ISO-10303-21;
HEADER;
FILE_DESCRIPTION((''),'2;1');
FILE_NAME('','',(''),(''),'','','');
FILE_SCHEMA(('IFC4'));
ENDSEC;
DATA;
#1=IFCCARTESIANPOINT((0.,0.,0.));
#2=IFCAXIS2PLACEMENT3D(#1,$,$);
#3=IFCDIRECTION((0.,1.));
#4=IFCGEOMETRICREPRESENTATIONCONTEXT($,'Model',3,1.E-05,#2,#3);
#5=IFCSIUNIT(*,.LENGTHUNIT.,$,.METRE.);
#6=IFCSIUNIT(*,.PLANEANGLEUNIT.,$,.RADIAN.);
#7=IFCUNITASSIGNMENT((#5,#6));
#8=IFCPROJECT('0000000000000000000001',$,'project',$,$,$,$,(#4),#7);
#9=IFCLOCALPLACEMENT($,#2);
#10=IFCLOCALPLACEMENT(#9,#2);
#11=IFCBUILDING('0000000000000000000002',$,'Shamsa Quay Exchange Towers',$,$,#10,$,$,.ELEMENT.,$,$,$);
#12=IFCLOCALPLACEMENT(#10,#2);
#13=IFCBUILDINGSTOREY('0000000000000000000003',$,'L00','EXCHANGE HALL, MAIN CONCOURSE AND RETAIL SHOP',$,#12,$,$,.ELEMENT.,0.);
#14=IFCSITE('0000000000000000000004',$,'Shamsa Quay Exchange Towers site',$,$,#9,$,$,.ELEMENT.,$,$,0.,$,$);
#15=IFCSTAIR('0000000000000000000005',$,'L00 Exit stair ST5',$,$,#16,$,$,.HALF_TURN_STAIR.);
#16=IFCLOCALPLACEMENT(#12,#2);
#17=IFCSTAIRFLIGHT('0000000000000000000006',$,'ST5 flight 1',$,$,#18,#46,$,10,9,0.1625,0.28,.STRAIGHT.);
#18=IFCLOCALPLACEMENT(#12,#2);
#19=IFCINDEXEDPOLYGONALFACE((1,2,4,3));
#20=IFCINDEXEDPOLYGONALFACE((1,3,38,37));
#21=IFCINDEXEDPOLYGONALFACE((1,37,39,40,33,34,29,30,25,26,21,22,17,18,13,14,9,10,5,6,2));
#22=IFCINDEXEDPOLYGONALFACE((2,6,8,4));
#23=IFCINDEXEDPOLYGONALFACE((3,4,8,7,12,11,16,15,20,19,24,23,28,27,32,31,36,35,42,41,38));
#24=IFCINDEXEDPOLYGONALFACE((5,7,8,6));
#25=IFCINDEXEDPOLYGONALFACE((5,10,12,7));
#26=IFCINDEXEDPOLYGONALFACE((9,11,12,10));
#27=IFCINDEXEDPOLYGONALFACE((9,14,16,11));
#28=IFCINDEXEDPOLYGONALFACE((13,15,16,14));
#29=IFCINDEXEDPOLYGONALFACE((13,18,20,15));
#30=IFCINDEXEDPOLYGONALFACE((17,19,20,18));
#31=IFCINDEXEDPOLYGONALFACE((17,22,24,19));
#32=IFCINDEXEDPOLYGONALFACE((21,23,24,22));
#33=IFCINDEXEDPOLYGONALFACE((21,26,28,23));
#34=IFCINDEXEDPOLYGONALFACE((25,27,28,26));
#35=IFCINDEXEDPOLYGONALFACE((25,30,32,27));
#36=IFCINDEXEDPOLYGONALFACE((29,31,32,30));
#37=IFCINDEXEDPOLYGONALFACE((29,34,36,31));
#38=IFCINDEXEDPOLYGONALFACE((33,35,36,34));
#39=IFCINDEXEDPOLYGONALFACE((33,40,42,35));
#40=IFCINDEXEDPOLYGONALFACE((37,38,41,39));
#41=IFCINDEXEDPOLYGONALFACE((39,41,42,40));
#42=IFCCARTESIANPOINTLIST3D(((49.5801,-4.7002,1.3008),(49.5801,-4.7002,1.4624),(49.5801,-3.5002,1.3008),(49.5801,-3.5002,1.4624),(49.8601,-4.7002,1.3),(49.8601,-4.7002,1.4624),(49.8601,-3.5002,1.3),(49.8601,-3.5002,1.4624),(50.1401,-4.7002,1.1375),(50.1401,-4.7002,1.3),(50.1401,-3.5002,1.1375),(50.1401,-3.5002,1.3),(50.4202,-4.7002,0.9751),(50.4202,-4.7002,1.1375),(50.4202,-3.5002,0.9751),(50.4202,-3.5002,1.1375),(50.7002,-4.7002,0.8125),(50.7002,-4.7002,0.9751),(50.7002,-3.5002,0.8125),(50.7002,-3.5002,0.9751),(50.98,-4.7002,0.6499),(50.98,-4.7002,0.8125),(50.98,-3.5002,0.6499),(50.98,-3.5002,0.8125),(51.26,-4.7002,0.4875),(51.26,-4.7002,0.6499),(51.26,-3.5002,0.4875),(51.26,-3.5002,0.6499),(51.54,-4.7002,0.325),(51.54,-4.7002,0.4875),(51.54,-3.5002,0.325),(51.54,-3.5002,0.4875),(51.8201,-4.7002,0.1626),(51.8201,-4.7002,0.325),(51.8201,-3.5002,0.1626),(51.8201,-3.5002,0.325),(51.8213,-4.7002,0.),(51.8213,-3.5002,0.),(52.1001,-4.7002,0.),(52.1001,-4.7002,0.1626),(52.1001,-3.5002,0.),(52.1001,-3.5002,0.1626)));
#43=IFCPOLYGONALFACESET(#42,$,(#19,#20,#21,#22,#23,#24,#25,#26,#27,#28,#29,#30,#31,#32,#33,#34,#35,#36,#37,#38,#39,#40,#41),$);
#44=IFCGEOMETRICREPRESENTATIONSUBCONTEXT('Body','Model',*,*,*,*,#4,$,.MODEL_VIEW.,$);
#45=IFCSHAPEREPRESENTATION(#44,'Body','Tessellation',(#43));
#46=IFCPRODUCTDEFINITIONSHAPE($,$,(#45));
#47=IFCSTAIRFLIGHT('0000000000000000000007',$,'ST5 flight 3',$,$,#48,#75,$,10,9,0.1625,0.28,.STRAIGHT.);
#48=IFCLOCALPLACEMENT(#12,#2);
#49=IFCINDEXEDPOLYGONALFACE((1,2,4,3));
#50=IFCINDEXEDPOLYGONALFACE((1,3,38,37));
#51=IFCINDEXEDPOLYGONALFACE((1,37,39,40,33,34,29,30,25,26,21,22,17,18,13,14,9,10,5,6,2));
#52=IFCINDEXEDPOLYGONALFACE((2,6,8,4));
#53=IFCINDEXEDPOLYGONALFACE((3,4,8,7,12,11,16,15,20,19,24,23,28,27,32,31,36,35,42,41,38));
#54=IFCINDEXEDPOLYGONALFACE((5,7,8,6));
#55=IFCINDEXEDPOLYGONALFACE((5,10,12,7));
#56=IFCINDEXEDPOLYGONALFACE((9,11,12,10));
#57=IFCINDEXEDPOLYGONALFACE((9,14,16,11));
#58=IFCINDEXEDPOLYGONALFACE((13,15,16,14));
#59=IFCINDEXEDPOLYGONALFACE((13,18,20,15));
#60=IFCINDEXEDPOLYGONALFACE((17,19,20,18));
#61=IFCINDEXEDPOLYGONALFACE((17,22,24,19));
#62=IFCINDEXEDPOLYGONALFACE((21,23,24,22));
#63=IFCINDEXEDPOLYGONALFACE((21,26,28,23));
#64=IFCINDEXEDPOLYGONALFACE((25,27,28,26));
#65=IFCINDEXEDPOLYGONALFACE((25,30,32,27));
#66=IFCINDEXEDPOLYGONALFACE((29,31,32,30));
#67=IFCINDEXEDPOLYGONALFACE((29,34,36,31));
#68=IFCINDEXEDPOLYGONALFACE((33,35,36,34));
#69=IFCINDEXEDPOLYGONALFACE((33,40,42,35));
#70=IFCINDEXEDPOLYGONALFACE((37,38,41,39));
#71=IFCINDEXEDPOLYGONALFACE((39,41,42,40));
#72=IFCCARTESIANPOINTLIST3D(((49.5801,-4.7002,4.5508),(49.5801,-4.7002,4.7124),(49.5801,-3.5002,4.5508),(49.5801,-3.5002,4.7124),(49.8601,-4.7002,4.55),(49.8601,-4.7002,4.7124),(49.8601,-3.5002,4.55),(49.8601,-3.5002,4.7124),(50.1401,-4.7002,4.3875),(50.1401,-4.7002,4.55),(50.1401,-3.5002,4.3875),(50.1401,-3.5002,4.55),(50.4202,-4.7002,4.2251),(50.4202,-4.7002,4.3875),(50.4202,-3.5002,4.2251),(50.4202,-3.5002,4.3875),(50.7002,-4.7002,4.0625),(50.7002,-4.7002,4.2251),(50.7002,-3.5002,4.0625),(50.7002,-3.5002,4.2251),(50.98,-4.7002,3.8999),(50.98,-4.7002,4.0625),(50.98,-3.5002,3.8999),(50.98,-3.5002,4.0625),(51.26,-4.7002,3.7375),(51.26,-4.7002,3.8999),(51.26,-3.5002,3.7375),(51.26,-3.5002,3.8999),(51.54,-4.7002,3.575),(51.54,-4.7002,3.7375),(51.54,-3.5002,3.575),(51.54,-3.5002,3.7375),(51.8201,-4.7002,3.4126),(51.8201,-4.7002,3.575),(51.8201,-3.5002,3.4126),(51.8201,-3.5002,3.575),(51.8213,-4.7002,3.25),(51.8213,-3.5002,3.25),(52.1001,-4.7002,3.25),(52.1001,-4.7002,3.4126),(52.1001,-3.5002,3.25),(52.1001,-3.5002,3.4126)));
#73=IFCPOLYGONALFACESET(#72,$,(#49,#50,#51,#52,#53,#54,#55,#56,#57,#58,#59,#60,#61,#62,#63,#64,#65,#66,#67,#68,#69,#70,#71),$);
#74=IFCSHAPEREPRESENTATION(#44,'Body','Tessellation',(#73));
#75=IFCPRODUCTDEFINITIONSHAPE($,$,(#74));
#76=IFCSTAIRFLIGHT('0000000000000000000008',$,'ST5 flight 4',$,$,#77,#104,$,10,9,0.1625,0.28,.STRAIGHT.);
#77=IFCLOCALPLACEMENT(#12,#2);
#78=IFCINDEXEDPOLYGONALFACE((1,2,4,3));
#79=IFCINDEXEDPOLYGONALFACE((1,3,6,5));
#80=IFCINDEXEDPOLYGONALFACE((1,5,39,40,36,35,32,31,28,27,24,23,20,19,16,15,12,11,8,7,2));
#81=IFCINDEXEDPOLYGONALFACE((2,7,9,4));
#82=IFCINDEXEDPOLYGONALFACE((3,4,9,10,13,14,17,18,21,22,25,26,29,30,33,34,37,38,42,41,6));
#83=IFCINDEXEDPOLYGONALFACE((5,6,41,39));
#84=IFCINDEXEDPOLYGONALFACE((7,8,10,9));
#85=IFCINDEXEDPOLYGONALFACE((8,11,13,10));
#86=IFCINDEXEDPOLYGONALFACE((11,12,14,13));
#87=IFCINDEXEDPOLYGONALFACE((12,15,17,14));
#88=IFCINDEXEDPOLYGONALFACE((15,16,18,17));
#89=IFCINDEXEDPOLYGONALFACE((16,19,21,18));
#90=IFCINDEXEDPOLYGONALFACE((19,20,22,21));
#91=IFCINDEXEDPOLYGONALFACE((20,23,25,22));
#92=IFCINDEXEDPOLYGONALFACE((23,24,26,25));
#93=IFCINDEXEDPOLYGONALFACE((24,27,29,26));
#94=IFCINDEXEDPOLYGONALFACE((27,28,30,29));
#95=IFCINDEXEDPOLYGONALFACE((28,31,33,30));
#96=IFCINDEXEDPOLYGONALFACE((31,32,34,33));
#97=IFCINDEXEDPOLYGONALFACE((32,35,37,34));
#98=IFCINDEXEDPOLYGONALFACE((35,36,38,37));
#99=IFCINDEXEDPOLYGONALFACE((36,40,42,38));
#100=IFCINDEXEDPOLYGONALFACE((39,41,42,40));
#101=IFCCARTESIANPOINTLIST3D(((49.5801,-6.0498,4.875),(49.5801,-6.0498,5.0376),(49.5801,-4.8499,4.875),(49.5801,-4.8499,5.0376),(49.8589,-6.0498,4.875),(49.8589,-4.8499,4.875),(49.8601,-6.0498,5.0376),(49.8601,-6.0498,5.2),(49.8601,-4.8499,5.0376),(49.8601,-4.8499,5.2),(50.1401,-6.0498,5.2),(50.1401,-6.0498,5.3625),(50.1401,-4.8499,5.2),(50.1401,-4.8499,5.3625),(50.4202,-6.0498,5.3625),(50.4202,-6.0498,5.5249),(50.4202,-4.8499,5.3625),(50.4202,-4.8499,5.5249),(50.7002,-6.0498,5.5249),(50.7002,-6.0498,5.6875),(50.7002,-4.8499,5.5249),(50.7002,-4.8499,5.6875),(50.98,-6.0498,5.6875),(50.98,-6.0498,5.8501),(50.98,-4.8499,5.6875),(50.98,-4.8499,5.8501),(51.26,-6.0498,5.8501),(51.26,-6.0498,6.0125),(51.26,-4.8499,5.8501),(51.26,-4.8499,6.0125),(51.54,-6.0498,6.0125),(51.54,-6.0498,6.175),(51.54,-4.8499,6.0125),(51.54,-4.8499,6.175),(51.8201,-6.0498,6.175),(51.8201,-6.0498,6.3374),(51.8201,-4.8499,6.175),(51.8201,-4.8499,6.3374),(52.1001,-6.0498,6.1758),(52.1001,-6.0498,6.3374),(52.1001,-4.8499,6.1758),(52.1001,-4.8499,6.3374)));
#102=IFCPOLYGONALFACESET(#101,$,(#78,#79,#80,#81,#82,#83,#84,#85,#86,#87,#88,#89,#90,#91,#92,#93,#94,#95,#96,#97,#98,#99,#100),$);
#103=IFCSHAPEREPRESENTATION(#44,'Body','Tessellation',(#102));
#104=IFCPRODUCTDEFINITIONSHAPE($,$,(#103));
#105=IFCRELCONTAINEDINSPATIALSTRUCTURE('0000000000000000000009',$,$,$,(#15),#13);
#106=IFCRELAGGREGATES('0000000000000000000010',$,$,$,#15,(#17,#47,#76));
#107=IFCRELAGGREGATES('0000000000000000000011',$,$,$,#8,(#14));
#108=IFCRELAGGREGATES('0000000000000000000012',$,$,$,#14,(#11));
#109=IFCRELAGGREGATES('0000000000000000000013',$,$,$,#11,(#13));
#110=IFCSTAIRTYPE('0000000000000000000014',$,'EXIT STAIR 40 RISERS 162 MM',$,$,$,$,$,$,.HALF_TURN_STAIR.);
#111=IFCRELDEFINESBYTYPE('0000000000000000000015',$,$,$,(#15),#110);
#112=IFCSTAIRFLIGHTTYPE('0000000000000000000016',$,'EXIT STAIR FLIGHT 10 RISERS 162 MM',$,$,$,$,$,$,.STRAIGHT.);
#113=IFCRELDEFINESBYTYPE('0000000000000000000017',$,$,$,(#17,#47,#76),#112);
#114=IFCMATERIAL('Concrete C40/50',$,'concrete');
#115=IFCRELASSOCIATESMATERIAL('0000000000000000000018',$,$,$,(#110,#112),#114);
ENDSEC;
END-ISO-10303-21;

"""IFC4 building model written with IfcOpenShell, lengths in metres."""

from ifc_helpers import new_model, si_unit, direction, frame, origin, place, context, subcontext, project, spatial, polyline, outline, extrude, material, type_object, element, aggregate, save


model = new_model("IFC4")

# Units and contexts
model_context = context("Model", 3, precision=1e-05, world=origin(), true_north=direction((0.0, 1.0)))
body_context = subcontext(model_context, "Body", "Model", "MODEL_VIEW")
ifc_project = project(units=[si_unit("LENGTHUNIT", "METRE"), si_unit("PLANEANGLEUNIT", "RADIAN")], contexts=[model_context])

# Site, building, storey
site_placement = place(None, origin())
site = spatial("IfcSite", under=ifc_project, at=site_placement, Name="Shamsa Quay Exchange Towers site", CompositionType="ELEMENT", RefElevation=0.0)
building_placement = place(site_placement, origin())
building = spatial("IfcBuilding", under=site, at=building_placement, Name="Shamsa Quay Exchange Towers", CompositionType="ELEMENT")
storey_placement = place(building_placement, origin())
storey = spatial("IfcBuildingStorey", under=building, at=storey_placement, Name="L00", Description="EXCHANGE HALL, MAIN CONCOURSE AND RETAIL SHOP", CompositionType="ELEMENT", Elevation=0.0)

# Shared definitions
ifc_material_1 = material(Name="Concrete C40/50", Category="concrete")

# Stair, stair flights
stair_type = type_object("IfcStairType", Name="EXIT STAIR 40 RISERS 162 MM", PredefinedType="HALF_TURN_STAIR", material=ifc_material_1)
stair_placement = place(storey_placement, origin())
stair = element("IfcStair", 1, at=stair_placement, inside=storey, type_object=stair_type, Name="L00 Exit stair ST5", PredefinedType="HALF_TURN_STAIR")
stair_flight_type = type_object("IfcStairFlightType", Name="EXIT STAIR FLIGHT 10 RISERS 162 MM", PredefinedType="STRAIGHT", material=ifc_material_1)
stair_flight_1_placement = place(storey_placement, frame((52.1001, -4.1001, 0.0), z_axis=(0.0, 0.0, 1.0), x_axis=(-1.0, 0.0, 0.0)))
stair_flight_1 = element("IfcStairFlight", 2, at=stair_flight_1_placement, type_object=stair_flight_type, Name="ST5 flight 1", NumberOfRisers=10, NumberOfTreads=9, PredefinedType="STRAIGHT", RiserHeight=0.1625, TreadLength=0.28, context=body_context, shape_type="SweptSolid", body=[
    extrude(outline(polyline([(0.0, 0.0), (0.0, 0.1626), (0.28, 0.1626), (0.28, 0.325), (0.5601, 0.325), (0.5601, 0.4875), (0.8401, 0.4875), (0.8401, 0.6499), (1.1201, 0.6499), (1.1201, 0.8125), (1.3999, 0.8125), (1.3999, 0.9751), (1.6799, 0.9751), (1.6799, 1.1375), (1.96, 1.1375), (1.96, 1.3), (2.24, 1.3), (2.24, 1.4624), (2.52, 1.4624), (2.52, 1.625), (2.52, 1.3008), (0.2788, 0.0), (0.0, 0.0)])), frame((0.0, 0.6001, 0.0), z_axis=(0.0, -1.0, 0.0), x_axis=(1.0, 0.0, 0.0)), (0.0, 0.0, 1.0), 1.2),
])
stair_flight_2_placement = place(storey_placement, frame((52.1001, -4.1001, 3.25), z_axis=(0.0, 0.0, 1.0), x_axis=(-1.0, 0.0, 0.0)))
stair_flight_2 = element("IfcStairFlight", 3, at=stair_flight_2_placement, type_object=stair_flight_type, Name="ST5 flight 3", NumberOfRisers=10, NumberOfTreads=9, PredefinedType="STRAIGHT", RiserHeight=0.1625, TreadLength=0.28, context=body_context, shape_type="SweptSolid", body=[
    extrude(outline(polyline([(0.0, 0.0), (0.0, 0.1626), (0.28, 0.1626), (0.28, 0.325), (0.5601, 0.325), (0.5601, 0.4875), (0.8401, 0.4875), (0.8401, 0.6499), (1.1201, 0.6499), (1.1201, 0.8125), (1.3999, 0.8125), (1.3999, 0.9751), (1.6799, 0.9751), (1.6799, 1.1375), (1.96, 1.1375), (1.96, 1.3), (2.24, 1.3), (2.24, 1.4624), (2.52, 1.4624), (2.52, 1.625), (2.52, 1.3008), (0.2788, 0.0), (0.0, 0.0)])), frame((0.0, 0.6001, 0.0), z_axis=(0.0, -1.0, 0.0), x_axis=(1.0, 0.0, 0.0)), (0.0, 0.0, 1.0), 1.2),
])
stair_flight_3_placement = place(storey_placement, frame((49.5801, -5.45, 4.875)))
stair_flight_3 = element("IfcStairFlight", 4, at=stair_flight_3_placement, type_object=stair_flight_type, Name="ST5 flight 4", NumberOfRisers=10, NumberOfTreads=9, PredefinedType="STRAIGHT", RiserHeight=0.1625, TreadLength=0.28, context=body_context, shape_type="SweptSolid", body=[
    extrude(outline(polyline([(0.0, 0.0), (0.0, 0.1626), (0.28, 0.1626), (0.28, 0.325), (0.5601, 0.325), (0.5601, 0.4875), (0.8401, 0.4875), (0.8401, 0.6499), (1.1201, 0.6499), (1.1201, 0.8125), (1.3999, 0.8125), (1.3999, 0.9751), (1.6799, 0.9751), (1.6799, 1.1375), (1.96, 1.1375), (1.96, 1.3), (2.24, 1.3), (2.24, 1.4624), (2.52, 1.4624), (2.52, 1.625), (2.52, 1.3008), (0.2788, 0.0), (0.0, 0.0)])), frame((0.0, 0.6001, 0.0), z_axis=(0.0, -1.0, 0.0), x_axis=(1.0, 0.0, 0.0)), (0.0, 0.0, 1.0), 1.2),
])
aggregate(stair, [stair_flight_1, stair_flight_2, stair_flight_3])

save(model, "model.ifc")
